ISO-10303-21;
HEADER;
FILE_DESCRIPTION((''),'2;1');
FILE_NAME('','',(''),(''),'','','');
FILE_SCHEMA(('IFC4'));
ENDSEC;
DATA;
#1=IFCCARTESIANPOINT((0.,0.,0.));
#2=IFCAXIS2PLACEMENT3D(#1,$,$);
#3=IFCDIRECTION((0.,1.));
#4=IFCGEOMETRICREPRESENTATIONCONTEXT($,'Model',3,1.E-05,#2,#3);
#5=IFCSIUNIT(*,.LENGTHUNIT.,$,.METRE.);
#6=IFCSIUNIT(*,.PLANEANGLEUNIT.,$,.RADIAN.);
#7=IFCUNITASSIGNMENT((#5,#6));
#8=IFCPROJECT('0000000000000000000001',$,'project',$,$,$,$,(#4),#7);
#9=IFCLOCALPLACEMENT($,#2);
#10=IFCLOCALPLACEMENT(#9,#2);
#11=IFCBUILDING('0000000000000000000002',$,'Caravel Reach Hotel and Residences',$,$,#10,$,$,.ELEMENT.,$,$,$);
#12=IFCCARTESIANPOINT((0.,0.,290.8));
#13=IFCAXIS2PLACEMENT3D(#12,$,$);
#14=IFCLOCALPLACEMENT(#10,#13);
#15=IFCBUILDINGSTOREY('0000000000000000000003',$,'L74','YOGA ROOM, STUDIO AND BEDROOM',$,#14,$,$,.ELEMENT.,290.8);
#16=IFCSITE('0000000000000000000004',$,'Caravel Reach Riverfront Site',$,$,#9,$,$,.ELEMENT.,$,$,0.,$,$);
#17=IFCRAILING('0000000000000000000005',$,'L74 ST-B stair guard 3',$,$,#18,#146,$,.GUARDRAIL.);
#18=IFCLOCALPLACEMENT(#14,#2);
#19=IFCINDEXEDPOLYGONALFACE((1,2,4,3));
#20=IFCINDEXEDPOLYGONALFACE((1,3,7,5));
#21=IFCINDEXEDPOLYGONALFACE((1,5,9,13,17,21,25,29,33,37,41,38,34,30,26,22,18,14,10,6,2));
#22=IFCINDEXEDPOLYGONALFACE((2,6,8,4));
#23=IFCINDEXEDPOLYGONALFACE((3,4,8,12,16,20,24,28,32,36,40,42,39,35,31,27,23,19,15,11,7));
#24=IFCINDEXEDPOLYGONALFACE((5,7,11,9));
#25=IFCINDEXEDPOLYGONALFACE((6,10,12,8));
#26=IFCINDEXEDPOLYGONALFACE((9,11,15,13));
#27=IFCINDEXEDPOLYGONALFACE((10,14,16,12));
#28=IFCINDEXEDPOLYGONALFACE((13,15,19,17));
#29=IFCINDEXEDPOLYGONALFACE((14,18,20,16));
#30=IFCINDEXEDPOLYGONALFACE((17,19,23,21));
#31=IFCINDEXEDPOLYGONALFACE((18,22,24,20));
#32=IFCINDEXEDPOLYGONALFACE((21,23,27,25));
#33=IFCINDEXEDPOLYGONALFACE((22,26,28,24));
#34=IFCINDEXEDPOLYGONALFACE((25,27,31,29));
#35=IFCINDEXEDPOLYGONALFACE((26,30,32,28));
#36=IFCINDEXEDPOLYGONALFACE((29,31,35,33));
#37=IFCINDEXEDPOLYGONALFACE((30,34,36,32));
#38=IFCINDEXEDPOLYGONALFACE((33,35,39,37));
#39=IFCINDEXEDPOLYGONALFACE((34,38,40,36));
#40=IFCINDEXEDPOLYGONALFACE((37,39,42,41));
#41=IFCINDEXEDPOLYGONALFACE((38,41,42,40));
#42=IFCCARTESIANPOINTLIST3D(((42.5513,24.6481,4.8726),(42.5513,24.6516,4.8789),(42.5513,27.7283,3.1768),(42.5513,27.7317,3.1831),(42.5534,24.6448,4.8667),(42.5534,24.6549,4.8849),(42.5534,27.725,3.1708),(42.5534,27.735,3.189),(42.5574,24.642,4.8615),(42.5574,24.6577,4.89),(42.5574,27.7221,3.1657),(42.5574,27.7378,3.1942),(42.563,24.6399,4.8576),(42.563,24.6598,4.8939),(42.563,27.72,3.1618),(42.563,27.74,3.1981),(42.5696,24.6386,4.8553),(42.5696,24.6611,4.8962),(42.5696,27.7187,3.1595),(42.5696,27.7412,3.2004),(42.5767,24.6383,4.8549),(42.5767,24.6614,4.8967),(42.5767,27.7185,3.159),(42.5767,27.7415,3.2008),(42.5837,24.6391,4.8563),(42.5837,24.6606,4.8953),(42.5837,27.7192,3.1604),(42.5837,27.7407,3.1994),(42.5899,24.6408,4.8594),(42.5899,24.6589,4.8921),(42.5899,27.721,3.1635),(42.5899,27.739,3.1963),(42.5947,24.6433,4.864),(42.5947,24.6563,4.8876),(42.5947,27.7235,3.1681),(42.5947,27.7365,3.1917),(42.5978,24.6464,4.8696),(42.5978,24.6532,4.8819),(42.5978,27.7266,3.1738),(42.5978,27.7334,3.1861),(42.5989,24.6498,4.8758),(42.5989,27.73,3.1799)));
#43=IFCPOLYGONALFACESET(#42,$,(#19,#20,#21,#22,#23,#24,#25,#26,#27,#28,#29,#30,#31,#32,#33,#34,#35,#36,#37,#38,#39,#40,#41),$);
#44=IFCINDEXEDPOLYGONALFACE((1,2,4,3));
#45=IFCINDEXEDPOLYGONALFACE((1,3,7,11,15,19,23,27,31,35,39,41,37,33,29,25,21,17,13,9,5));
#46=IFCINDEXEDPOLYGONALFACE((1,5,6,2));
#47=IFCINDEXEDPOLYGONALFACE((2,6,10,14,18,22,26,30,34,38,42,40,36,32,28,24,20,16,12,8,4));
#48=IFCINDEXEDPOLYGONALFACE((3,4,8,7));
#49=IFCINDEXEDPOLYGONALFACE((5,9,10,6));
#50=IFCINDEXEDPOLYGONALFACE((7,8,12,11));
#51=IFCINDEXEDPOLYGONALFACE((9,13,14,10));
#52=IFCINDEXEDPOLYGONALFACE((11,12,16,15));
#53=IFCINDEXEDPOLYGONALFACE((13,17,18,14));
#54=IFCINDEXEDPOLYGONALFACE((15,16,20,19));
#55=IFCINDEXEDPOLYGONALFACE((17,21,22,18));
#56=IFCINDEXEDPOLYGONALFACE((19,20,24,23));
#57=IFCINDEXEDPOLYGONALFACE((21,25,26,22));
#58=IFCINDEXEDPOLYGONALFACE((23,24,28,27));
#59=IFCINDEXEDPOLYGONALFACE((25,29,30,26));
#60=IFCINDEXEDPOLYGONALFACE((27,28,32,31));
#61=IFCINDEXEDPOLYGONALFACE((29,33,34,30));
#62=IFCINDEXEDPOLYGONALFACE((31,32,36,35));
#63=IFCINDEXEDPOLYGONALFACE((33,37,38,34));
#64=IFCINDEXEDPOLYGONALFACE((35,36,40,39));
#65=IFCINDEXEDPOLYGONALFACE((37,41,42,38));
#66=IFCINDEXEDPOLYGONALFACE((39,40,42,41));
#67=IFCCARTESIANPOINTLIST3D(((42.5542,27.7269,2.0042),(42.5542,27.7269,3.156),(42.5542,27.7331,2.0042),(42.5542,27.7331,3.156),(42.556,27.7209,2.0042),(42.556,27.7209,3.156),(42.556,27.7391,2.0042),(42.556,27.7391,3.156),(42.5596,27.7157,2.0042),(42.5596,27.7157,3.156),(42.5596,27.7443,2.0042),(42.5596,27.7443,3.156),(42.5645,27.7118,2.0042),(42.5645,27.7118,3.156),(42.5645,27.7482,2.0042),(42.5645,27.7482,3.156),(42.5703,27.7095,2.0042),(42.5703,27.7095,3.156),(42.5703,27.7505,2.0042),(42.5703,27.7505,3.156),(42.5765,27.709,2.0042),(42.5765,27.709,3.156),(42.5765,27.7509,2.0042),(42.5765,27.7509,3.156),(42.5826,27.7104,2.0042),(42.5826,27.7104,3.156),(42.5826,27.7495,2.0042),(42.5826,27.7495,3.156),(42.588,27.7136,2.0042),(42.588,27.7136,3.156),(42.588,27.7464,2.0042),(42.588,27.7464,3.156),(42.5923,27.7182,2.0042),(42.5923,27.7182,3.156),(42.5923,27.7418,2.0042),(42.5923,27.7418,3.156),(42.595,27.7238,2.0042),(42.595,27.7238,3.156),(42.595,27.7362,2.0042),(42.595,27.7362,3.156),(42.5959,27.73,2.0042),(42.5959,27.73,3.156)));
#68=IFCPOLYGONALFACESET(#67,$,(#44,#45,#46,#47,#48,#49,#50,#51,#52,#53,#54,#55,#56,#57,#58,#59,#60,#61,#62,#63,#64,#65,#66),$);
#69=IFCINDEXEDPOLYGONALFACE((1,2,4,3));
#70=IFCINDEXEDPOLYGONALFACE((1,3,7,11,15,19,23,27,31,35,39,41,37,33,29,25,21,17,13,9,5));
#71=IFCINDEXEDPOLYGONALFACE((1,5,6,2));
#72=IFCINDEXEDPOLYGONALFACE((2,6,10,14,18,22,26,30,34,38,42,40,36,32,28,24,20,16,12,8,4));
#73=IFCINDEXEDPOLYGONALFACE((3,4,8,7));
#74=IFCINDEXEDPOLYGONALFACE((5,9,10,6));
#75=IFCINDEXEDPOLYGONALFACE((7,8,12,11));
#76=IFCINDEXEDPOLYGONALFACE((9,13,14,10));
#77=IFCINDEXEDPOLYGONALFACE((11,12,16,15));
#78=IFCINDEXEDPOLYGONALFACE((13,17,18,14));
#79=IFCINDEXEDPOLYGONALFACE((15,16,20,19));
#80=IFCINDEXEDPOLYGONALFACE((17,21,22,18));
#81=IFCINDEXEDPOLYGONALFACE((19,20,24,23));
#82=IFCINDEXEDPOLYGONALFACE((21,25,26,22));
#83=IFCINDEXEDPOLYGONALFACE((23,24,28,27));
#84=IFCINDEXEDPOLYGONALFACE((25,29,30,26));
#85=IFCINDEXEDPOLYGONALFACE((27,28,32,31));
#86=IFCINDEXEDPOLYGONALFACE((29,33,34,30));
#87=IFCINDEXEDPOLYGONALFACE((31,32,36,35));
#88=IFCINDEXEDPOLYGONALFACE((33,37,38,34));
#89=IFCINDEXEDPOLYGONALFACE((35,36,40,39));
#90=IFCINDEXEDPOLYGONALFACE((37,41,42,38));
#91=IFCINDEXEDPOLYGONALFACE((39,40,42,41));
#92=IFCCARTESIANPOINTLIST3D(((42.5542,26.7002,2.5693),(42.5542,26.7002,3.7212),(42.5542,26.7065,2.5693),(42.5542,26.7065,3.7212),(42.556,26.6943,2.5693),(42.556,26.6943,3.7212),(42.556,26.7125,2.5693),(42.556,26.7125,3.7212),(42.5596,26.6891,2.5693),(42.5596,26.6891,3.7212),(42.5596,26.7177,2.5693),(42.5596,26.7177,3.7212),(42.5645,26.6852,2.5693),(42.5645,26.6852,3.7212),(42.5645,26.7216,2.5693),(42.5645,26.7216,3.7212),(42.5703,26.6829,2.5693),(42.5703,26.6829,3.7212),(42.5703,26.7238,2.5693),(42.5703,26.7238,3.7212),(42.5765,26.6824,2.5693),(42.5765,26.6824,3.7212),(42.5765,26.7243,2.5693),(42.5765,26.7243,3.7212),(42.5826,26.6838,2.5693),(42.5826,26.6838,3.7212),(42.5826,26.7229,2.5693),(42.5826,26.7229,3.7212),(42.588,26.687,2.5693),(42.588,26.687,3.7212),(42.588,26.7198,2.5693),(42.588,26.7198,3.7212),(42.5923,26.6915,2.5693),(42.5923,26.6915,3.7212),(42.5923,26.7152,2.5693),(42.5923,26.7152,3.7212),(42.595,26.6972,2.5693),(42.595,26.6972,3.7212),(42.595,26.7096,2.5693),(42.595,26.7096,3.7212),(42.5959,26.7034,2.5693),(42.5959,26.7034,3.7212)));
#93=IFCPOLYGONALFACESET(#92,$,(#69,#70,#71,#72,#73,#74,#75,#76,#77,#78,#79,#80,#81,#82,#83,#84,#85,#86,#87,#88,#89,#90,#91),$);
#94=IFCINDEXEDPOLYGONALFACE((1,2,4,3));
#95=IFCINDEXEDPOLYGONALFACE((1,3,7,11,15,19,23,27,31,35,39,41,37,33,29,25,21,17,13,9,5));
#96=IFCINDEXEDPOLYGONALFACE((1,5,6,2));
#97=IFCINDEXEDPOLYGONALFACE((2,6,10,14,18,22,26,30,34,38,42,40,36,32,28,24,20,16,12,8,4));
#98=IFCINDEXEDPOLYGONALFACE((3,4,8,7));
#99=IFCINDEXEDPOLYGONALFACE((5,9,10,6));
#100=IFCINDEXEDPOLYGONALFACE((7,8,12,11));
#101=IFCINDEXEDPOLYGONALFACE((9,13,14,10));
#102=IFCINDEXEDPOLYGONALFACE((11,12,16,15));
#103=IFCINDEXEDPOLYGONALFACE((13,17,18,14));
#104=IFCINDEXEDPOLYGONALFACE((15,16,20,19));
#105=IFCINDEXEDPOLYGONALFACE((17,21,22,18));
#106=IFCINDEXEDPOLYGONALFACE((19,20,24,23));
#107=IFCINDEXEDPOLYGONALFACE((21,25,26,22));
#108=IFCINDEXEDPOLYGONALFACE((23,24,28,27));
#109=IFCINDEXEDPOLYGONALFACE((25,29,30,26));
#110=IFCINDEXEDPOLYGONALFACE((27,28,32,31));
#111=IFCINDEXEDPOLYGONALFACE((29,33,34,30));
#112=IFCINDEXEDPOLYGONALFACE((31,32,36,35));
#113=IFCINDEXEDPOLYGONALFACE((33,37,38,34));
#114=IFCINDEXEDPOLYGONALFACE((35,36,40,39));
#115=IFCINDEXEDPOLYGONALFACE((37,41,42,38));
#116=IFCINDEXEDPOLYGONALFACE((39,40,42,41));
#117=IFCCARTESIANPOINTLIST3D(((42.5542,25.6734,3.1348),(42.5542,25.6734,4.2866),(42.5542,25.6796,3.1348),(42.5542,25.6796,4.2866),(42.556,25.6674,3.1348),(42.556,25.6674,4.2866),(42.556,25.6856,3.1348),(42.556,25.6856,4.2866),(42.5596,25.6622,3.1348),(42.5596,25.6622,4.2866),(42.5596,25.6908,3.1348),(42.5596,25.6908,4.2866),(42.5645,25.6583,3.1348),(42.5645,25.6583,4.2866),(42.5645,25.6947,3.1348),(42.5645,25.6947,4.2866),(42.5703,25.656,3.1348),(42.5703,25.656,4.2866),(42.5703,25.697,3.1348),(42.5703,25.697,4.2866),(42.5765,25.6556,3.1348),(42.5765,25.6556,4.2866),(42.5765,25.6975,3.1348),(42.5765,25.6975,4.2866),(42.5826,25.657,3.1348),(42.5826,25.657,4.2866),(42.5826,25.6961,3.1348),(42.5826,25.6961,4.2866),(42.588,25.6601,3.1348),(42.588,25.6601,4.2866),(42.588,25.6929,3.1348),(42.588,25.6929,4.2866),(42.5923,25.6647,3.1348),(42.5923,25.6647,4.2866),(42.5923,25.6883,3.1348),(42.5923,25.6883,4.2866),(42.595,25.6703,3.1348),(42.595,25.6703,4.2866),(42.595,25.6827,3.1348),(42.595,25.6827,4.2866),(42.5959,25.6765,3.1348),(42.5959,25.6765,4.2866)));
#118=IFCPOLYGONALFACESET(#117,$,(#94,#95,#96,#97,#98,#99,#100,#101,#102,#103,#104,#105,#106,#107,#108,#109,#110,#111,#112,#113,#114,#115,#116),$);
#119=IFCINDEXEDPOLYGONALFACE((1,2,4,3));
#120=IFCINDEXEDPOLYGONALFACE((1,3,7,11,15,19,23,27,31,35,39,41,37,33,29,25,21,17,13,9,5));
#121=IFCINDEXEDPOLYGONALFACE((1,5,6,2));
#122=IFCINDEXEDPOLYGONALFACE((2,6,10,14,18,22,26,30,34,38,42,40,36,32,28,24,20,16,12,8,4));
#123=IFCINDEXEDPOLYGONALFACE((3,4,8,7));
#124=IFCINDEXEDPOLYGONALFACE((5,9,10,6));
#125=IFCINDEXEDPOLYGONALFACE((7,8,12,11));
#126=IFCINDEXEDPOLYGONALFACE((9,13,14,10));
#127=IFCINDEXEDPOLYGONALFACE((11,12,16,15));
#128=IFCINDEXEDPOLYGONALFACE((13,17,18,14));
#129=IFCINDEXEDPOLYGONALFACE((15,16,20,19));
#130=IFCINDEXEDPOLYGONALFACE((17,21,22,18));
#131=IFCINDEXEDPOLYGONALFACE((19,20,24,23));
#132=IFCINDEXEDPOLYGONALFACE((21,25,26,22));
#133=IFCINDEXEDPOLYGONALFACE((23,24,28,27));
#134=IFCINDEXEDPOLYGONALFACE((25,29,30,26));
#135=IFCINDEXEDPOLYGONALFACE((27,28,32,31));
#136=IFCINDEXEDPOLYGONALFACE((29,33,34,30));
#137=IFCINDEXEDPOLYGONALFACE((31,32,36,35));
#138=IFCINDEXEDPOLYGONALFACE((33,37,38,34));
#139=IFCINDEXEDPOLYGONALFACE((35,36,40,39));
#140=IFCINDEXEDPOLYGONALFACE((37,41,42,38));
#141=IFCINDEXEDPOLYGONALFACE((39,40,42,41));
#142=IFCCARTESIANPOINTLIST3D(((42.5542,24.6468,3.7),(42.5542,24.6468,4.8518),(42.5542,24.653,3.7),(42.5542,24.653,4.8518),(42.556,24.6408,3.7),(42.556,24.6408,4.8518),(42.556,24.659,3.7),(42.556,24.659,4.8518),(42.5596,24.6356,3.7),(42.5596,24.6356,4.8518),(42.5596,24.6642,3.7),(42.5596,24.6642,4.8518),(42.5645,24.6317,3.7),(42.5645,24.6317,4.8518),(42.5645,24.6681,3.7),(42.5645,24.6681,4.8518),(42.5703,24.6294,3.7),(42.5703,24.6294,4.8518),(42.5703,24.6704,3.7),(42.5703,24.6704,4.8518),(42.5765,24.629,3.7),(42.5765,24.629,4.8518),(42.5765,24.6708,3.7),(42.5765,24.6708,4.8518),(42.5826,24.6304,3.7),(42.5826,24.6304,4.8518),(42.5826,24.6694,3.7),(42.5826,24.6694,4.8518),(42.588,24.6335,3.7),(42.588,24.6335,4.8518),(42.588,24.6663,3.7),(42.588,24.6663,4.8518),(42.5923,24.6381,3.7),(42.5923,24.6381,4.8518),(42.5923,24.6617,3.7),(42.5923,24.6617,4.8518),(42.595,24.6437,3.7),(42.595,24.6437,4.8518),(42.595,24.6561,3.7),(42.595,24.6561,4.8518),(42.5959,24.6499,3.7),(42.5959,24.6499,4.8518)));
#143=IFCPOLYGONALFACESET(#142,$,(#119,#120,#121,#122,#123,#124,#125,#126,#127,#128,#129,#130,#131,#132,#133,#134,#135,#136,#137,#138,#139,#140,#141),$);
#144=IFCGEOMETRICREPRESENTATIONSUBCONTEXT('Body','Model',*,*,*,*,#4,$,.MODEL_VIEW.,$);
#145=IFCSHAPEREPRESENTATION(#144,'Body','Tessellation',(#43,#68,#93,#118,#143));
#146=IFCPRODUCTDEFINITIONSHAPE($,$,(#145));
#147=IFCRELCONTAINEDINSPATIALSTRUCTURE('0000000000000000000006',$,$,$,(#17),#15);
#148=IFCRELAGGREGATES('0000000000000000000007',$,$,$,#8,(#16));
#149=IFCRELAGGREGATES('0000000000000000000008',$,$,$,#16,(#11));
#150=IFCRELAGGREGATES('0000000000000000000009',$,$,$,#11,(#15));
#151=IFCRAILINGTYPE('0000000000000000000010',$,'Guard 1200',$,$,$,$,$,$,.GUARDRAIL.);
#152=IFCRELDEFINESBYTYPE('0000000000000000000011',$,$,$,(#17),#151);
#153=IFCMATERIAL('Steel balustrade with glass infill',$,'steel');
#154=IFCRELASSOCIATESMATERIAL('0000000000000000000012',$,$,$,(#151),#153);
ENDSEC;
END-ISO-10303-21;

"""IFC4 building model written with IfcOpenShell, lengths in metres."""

from ifc_helpers import new_model, si_unit, direction, frame, origin, origin_2d, place, context, subcontext, project, spatial, circle, extrude, material, type_object, element, save


model = new_model("IFC4")

# Units and contexts
model_context = context("Model", 3, precision=1e-05, world=origin(), true_north=direction((0.0, 1.0)))
body_context = subcontext(model_context, "Body", "Model", "MODEL_VIEW")
ifc_project = project(units=[si_unit("LENGTHUNIT", "METRE"), si_unit("PLANEANGLEUNIT", "RADIAN")], contexts=[model_context])

# Site, building, storey
site_placement = place(None, origin())
site = spatial("IfcSite", under=ifc_project, at=site_placement, Name="Caravel Reach Riverfront Site", CompositionType="ELEMENT", RefElevation=0.0)
building_placement = place(site_placement, origin())
building = spatial("IfcBuilding", under=site, at=building_placement, Name="Caravel Reach Hotel and Residences", CompositionType="ELEMENT")
storey_placement = place(building_placement, frame((0.0, 0.0, 290.8)))
storey = spatial("IfcBuildingStorey", under=building, at=storey_placement, Name="L74", Description="YOGA ROOM, STUDIO AND BEDROOM", CompositionType="ELEMENT", Elevation=290.8)

# Railing
ifc_material_1 = material(Name="Steel balustrade with glass infill", Category="steel")
railing_type_1 = type_object("IfcRailingType", Name="Guard 1200", PredefinedType="GUARDRAIL", material=ifc_material_1)
railing_1_placement = place(storey_placement, frame((42.575, 27.73, 2.0042)))
element("IfcRailing", 1, at=railing_1_placement, inside=storey, type_object=railing_type_1, Name="L74 ST-B stair guard 3", PredefinedType="GUARDRAIL", context=body_context, shape_type="SweptSolid", body=[
    extrude(circle(Radius=0.0239, at=origin_2d()), frame((0.0, 0.0, 1.1758), z_axis=(0.0, -0.876005, 0.482303), x_axis=(1.0, 0.0, 0.0)), (0.0, 0.0, 1.0), 3.5161),
    extrude(circle(Radius=0.021, at=origin_2d()), origin(), (0.0, 0.0, 1.0), 1.1519),
    extrude(circle(Radius=0.021, at=origin_2d()), frame((0.0, -1.0266, 0.5652)), (0.0, 0.0, 1.0), 1.1519),
    extrude(circle(Radius=0.021, at=origin_2d()), frame((0.0, -2.0535, 1.1306)), (0.0, 0.0, 1.0), 1.1519),
    extrude(circle(Radius=0.021, at=origin_2d()), frame((0.0, -3.0801, 1.6958)), (0.0, 0.0, 1.0), 1.1519),
])

save(model, "model.ifc")
